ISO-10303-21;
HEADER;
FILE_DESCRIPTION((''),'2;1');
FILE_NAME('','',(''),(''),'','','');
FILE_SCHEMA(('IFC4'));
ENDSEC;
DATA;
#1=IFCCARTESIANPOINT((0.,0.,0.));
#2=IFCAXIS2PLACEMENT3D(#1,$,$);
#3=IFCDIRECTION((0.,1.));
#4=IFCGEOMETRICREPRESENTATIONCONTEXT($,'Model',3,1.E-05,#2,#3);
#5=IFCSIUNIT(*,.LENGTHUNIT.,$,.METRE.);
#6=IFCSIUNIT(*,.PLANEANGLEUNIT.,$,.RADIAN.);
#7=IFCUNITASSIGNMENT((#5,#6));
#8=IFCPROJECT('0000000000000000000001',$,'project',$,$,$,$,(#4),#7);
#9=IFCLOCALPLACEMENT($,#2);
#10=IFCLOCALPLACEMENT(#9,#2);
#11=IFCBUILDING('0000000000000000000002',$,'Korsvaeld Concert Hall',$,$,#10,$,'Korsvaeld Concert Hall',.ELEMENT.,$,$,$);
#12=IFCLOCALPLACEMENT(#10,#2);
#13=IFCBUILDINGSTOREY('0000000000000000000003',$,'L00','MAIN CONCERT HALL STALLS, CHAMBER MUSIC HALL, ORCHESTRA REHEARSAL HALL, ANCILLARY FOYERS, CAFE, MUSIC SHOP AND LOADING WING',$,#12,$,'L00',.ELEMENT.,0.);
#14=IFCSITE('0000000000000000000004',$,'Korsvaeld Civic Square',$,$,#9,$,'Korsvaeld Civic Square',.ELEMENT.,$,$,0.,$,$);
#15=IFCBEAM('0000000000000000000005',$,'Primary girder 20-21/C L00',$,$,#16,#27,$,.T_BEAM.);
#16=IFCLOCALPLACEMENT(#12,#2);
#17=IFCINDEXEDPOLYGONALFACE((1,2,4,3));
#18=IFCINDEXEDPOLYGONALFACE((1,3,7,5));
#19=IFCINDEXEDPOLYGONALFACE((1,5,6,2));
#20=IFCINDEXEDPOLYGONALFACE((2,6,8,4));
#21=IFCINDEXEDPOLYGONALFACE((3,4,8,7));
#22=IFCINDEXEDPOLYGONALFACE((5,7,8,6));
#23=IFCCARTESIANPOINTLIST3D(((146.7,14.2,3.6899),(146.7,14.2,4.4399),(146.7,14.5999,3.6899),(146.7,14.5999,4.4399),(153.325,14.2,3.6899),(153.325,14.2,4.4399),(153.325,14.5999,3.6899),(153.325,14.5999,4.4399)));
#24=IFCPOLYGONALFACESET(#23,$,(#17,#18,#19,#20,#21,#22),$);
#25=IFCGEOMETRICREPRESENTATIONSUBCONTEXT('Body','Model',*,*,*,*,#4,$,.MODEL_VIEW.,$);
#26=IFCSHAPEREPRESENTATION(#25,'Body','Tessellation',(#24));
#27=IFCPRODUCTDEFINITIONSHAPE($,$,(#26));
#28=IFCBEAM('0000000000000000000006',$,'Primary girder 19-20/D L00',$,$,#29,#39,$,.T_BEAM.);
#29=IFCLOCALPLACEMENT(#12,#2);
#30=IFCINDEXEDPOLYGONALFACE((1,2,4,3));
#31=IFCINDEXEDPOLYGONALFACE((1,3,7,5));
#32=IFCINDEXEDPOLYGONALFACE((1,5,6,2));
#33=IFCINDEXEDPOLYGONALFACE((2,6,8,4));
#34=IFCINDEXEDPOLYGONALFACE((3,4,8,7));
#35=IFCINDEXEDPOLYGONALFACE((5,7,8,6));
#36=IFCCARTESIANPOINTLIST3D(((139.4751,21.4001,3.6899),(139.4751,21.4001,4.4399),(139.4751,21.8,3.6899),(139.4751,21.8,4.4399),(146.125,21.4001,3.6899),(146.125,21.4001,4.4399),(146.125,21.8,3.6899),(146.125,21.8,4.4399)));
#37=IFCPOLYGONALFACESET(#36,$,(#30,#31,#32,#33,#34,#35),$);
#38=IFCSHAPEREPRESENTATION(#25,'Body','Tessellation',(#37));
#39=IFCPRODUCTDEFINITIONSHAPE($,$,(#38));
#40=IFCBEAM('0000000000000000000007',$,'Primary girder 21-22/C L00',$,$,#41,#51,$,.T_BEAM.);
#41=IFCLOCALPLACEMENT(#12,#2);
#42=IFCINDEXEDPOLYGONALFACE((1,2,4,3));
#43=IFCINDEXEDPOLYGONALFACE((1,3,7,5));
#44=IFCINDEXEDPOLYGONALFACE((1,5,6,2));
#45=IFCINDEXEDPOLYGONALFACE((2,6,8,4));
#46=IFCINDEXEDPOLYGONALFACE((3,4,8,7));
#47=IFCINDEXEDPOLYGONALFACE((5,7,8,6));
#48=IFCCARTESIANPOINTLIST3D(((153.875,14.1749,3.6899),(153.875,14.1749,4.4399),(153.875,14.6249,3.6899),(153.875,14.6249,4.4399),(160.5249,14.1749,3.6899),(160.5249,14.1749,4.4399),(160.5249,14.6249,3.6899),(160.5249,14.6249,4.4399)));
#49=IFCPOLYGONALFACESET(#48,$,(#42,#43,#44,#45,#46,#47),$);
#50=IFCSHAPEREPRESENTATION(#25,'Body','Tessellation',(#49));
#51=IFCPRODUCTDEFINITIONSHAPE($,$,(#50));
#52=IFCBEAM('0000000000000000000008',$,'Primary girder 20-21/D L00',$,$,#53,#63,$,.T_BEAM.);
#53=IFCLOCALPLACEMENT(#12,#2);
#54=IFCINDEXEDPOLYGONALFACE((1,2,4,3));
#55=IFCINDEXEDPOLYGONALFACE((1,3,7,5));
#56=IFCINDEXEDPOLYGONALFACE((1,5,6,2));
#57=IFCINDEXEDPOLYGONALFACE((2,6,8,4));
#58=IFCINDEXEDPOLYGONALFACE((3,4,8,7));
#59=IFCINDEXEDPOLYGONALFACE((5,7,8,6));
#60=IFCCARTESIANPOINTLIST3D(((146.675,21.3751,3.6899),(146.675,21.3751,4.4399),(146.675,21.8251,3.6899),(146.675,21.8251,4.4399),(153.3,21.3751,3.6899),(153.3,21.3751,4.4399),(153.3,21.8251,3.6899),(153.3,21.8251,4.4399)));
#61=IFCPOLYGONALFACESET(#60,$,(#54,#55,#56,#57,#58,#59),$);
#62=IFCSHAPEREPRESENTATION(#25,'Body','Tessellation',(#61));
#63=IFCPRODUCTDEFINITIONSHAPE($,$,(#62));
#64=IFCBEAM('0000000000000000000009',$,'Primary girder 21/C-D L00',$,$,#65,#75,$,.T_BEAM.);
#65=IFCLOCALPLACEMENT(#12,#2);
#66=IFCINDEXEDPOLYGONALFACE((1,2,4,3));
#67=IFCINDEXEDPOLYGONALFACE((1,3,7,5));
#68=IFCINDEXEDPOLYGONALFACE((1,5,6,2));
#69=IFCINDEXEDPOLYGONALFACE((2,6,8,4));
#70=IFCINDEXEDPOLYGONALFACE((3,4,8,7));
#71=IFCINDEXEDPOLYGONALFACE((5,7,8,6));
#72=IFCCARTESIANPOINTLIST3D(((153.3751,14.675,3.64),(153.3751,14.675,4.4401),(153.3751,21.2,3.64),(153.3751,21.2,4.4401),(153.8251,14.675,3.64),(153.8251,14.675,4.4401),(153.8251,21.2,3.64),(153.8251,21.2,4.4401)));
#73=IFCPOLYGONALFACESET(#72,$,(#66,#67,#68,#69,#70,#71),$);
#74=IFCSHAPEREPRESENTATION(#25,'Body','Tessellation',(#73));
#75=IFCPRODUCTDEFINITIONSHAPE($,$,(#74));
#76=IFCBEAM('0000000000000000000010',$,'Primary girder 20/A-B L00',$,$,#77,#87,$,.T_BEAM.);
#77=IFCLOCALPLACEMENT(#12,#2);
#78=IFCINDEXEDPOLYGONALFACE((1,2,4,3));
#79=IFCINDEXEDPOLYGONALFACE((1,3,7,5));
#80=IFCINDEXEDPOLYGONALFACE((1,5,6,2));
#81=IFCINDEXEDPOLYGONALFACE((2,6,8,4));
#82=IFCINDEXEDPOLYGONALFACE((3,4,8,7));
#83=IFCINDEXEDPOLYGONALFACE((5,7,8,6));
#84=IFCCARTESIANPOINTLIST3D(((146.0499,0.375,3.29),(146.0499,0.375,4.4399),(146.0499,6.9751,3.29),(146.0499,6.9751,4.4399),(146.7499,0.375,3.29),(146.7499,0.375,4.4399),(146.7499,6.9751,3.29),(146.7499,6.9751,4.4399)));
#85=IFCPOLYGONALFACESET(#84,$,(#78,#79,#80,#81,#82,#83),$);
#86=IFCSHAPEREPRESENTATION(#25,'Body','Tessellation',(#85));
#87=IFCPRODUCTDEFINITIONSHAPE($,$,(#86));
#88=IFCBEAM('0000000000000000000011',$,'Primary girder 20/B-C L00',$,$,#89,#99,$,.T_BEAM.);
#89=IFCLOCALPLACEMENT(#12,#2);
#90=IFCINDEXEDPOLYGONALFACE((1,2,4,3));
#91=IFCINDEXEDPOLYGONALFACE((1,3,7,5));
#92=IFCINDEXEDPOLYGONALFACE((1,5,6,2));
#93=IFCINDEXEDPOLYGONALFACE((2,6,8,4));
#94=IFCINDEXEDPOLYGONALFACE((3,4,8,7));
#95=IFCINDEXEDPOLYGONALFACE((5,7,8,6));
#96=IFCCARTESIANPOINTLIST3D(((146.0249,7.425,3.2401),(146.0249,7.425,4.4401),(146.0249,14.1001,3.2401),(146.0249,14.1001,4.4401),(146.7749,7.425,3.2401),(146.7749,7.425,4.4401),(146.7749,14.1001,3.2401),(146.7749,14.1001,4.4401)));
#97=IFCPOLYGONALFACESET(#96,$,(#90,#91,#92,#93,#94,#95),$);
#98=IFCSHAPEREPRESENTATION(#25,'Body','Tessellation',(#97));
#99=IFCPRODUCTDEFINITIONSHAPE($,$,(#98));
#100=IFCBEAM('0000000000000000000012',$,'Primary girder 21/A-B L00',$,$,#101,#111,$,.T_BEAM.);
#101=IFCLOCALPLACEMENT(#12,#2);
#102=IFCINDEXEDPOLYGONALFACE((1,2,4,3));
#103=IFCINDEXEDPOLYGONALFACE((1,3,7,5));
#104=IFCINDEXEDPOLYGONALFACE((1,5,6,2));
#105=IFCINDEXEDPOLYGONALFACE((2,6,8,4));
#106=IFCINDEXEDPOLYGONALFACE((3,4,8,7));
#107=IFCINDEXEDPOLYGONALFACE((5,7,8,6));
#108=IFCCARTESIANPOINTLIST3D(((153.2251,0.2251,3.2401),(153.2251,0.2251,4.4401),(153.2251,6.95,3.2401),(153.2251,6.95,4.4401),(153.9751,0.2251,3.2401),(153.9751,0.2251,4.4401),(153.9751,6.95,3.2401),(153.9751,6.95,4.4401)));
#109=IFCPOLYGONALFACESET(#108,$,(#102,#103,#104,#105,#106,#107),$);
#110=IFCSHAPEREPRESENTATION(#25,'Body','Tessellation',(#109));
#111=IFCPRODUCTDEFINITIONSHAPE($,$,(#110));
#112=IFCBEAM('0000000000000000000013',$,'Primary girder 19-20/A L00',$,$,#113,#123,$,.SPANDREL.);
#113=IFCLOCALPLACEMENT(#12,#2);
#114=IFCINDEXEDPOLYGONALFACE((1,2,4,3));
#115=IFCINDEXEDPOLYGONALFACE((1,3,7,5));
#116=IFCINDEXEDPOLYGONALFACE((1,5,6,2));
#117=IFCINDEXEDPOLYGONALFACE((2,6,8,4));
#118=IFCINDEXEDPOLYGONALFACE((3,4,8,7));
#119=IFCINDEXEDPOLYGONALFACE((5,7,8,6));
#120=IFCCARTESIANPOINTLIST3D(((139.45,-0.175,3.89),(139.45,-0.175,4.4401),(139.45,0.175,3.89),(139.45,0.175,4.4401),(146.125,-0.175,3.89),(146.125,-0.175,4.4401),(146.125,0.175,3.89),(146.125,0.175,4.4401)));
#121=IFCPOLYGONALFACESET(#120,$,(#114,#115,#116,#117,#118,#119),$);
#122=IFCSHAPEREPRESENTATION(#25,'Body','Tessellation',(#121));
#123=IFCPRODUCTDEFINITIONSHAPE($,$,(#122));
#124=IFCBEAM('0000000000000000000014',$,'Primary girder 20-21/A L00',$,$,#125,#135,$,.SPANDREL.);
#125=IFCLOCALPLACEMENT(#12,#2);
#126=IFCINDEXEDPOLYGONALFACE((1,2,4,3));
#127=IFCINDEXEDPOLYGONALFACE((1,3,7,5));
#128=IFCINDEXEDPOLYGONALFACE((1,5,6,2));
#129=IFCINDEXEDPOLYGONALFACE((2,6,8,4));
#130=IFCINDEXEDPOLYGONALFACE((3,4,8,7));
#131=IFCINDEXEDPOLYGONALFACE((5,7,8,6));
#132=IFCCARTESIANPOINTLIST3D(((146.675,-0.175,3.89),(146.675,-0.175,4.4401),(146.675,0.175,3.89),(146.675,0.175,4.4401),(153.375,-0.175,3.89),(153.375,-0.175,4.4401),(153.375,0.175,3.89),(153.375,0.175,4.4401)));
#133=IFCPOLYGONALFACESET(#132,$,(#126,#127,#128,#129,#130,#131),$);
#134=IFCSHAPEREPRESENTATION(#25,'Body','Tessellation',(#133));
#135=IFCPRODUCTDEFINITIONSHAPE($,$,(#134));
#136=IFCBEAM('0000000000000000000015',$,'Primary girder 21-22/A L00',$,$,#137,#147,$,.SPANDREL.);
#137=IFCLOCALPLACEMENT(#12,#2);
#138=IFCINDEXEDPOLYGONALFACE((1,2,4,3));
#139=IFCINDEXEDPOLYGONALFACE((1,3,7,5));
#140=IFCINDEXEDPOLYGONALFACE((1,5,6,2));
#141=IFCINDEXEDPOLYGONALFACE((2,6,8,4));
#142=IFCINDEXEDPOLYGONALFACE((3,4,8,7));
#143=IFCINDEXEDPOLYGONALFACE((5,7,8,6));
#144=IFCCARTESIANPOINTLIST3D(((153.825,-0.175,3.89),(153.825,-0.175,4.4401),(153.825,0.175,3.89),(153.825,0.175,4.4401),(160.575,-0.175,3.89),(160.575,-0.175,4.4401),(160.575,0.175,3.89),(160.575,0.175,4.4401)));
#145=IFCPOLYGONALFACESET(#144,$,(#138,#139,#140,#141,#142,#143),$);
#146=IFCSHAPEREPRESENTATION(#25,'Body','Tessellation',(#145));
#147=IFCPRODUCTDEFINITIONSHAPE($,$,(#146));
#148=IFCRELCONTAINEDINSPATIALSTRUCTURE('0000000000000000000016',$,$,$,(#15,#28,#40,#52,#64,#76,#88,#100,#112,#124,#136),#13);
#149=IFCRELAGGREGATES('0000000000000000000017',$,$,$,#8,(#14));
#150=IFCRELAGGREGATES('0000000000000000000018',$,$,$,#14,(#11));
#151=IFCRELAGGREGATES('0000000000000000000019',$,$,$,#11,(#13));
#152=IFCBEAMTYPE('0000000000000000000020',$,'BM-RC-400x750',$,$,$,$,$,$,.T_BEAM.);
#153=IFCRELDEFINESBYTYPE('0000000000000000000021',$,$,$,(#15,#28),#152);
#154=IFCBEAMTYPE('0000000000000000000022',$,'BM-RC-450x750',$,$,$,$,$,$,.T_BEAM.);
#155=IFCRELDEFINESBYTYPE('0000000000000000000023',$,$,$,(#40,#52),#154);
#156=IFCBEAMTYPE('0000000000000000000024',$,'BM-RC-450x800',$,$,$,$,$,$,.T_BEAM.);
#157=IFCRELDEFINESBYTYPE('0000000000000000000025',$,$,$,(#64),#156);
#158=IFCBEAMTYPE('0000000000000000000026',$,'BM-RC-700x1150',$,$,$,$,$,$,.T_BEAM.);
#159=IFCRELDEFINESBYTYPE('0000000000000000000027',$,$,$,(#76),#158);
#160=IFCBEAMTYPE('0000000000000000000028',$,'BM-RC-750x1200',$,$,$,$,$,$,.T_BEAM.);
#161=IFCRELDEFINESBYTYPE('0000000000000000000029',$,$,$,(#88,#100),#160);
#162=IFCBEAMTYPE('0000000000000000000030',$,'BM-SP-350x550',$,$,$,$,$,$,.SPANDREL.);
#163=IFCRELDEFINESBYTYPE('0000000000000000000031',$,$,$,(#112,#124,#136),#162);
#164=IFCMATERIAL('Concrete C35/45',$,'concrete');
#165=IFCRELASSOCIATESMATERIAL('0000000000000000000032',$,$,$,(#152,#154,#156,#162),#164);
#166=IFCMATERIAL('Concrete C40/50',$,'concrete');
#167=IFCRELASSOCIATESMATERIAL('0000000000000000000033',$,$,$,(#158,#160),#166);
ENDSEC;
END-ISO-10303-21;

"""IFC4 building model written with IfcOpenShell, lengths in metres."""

from ifc_helpers import new_model, si_unit, direction, frame, origin, origin_2d, place, context, subcontext, project, spatial, rectangle, extrude, material, material_profile, profile_set, type_object, element, save


model = new_model("IFC4")

# Units and contexts
model_context = context("Model", 3, precision=1e-05, world=origin(), true_north=direction((0.0, 1.0)))
body_context = subcontext(model_context, "Body", "Model", "MODEL_VIEW")
ifc_project = project(units=[si_unit("LENGTHUNIT", "METRE"), si_unit("PLANEANGLEUNIT", "RADIAN")], contexts=[model_context])

# Site, building, storey
site_placement = place(None, origin())
site = spatial("IfcSite", under=ifc_project, at=site_placement, Name="Korsvaeld Civic Square", LongName="Korsvaeld Civic Square", CompositionType="ELEMENT", RefElevation=0.0)
building_placement = place(site_placement, origin())
building = spatial("IfcBuilding", under=site, at=building_placement, Name="Korsvaeld Concert Hall", LongName="Korsvaeld Concert Hall", CompositionType="ELEMENT")
storey_placement = place(building_placement, origin())
storey = spatial("IfcBuildingStorey", under=building, at=storey_placement, Name="L00", Description="MAIN CONCERT HALL STALLS, CHAMBER MUSIC HALL, ORCHESTRA REHEARSAL HALL, ANCILLARY FOYERS, CAFE, MUSIC SHOP AND LOADING WING", LongName="L00", CompositionType="ELEMENT", Elevation=0.0)

# Shared definitions
ifc_material_1 = material(Name="Concrete C40/50", Category="concrete")

# Beams
ifc_material_2 = material(Name="Concrete C35/45", Category="concrete")
ifc_material_profile_1 = material_profile(ifc_material_2, rectangle(XDim=0.3999, YDim=0.75, at=origin_2d()), Name="RC 400x750")
ifc_profile_set_1 = profile_set([ifc_material_profile_1], Name="Concrete C35/45")
beam_type_1 = type_object("IfcBeamType", Name="BM-RC-400x750", PredefinedType="T_BEAM", material=ifc_profile_set_1)
beam_1_placement = place(storey_placement, frame((146.7, 14.3999, 4.0649), z_axis=(1.0, 0.0, 0.0), x_axis=(0.0, 1.0, 0.0)))
element("IfcBeam", 1, at=beam_1_placement, inside=storey, type_object=beam_type_1, Name="Primary girder 20-21/C L00", PredefinedType="T_BEAM", context=body_context, shape_type="SweptSolid", body=[
    extrude(rectangle(XDim=0.3999, YDim=0.75, at=origin_2d()), origin(), (0.0, 0.0, 1.0), 6.625),
])
beam_2_placement = place(storey_placement, frame((139.4751, 21.6001, 4.0649), z_axis=(1.0, 0.0, 0.0), x_axis=(0.0, 1.0, 0.0)))
element("IfcBeam", 2, at=beam_2_placement, inside=storey, type_object=beam_type_1, Name="Primary girder 19-20/D L00", PredefinedType="T_BEAM", context=body_context, shape_type="SweptSolid", body=[
    extrude(rectangle(XDim=0.3999, YDim=0.75, at=origin_2d()), origin(), (0.0, 0.0, 1.0), 6.6499),
])
ifc_material_profile_2 = material_profile(ifc_material_2, rectangle(XDim=0.45, YDim=0.75, at=origin_2d()), Name="RC 450x750")
ifc_profile_set_2 = profile_set([ifc_material_profile_2], Name="Concrete C35/45")
beam_type_2 = type_object("IfcBeamType", Name="BM-RC-450x750", PredefinedType="T_BEAM", material=ifc_profile_set_2)
beam_3_placement = place(storey_placement, frame((153.875, 14.3999, 4.0649), z_axis=(1.0, 0.0, 0.0), x_axis=(0.0, 1.0, 0.0)))
element("IfcBeam", 3, at=beam_3_placement, inside=storey, type_object=beam_type_2, Name="Primary girder 21-22/C L00", PredefinedType="T_BEAM", context=body_context, shape_type="SweptSolid", body=[
    extrude(rectangle(XDim=0.45, YDim=0.75, at=origin_2d()), origin(), (0.0, 0.0, 1.0), 6.6499),
])
beam_4_placement = place(storey_placement, frame((146.675, 21.6001, 4.0649), z_axis=(1.0, 0.0, 0.0), x_axis=(0.0, 1.0, 0.0)))
element("IfcBeam", 4, at=beam_4_placement, inside=storey, type_object=beam_type_2, Name="Primary girder 20-21/D L00", PredefinedType="T_BEAM", context=body_context, shape_type="SweptSolid", body=[
    extrude(rectangle(XDim=0.45, YDim=0.75, at=origin_2d()), origin(), (0.0, 0.0, 1.0), 6.625),
])
ifc_material_profile_3 = material_profile(ifc_material_2, rectangle(XDim=0.45, YDim=0.8, at=origin_2d()), Name="RC 450x800")
ifc_profile_set_3 = profile_set([ifc_material_profile_3], Name="Concrete C35/45")
beam_type_3 = type_object("IfcBeamType", Name="BM-RC-450x800", PredefinedType="T_BEAM", material=ifc_profile_set_3)
beam_5_placement = place(storey_placement, frame((153.6001, 14.675, 4.04), z_axis=(0.0, 1.0, 0.0), x_axis=(-1.0, 0.0, 0.0)))
element("IfcBeam", 5, at=beam_5_placement, inside=storey, type_object=beam_type_3, Name="Primary girder 21/C-D L00", PredefinedType="T_BEAM", context=body_context, shape_type="SweptSolid", body=[
    extrude(rectangle(XDim=0.45, YDim=0.8, at=origin_2d()), origin(), (0.0, 0.0, 1.0), 6.5249),
])
ifc_material_profile_4 = material_profile(ifc_material_1, rectangle(XDim=0.7, YDim=1.1499, at=origin_2d()), Name="RC 700x1150")
ifc_profile_set_4 = profile_set([ifc_material_profile_4], Name="Concrete C40/50")
beam_type_4 = type_object("IfcBeamType", Name="BM-RC-700x1150", PredefinedType="T_BEAM", material=ifc_profile_set_4)
beam_6_placement = place(storey_placement, frame((146.3999, 0.375, 3.865), z_axis=(0.0, 1.0, 0.0), x_axis=(-1.0, 0.0, 0.0)))
element("IfcBeam", 6, at=beam_6_placement, inside=storey, type_object=beam_type_4, Name="Primary girder 20/A-B L00", PredefinedType="T_BEAM", context=body_context, shape_type="SweptSolid", body=[
    extrude(rectangle(XDim=0.7, YDim=1.1499, at=origin_2d()), origin(), (0.0, 0.0, 1.0), 6.6001),
])
ifc_material_profile_5 = material_profile(ifc_material_1, rectangle(XDim=0.75, YDim=1.2, at=origin_2d()), Name="RC 750x1200")
ifc_profile_set_5 = profile_set([ifc_material_profile_5], Name="Concrete C40/50")
beam_type_5 = type_object("IfcBeamType", Name="BM-RC-750x1200", PredefinedType="T_BEAM", material=ifc_profile_set_5)
beam_7_placement = place(storey_placement, frame((146.3999, 7.425, 3.8401), z_axis=(0.0, 1.0, 0.0), x_axis=(-1.0, 0.0, 0.0)))
element("IfcBeam", 7, at=beam_7_placement, inside=storey, type_object=beam_type_5, Name="Primary girder 20/B-C L00", PredefinedType="T_BEAM", context=body_context, shape_type="SweptSolid", body=[
    extrude(rectangle(XDim=0.75, YDim=1.2, at=origin_2d()), origin(), (0.0, 0.0, 1.0), 6.675),
])
beam_8_placement = place(storey_placement, frame((153.6001, 0.2251, 3.8401), z_axis=(0.0, 1.0, 0.0), x_axis=(-1.0, 0.0, 0.0)))
element("IfcBeam", 8, at=beam_8_placement, inside=storey, type_object=beam_type_5, Name="Primary girder 21/A-B L00", PredefinedType="T_BEAM", context=body_context, shape_type="SweptSolid", body=[
    extrude(rectangle(XDim=0.75, YDim=1.2, at=origin_2d()), origin(), (0.0, 0.0, 1.0), 6.7249),
])
ifc_material_profile_6 = material_profile(ifc_material_2, rectangle(XDim=0.3501, YDim=0.55, at=origin_2d()), Name="RC 350x550")
ifc_profile_set_6 = profile_set([ifc_material_profile_6], Name="Concrete C35/45")
beam_type_6 = type_object("IfcBeamType", Name="BM-SP-350x550", PredefinedType="SPANDREL", material=ifc_profile_set_6)
beam_9_placement = place(storey_placement, frame((139.45, 0.0, 4.165), z_axis=(1.0, 0.0, 0.0), x_axis=(0.0, 1.0, 0.0)))
element("IfcBeam", 9, at=beam_9_placement, inside=storey, type_object=beam_type_6, Name="Primary girder 19-20/A L00", PredefinedType="SPANDREL", context=body_context, shape_type="SweptSolid", body=[
    extrude(rectangle(XDim=0.3501, YDim=0.55, at=origin_2d()), origin(), (0.0, 0.0, 1.0), 6.675),
])
beam_10_placement = place(storey_placement, frame((146.675, 0.0, 4.165), z_axis=(1.0, 0.0, 0.0), x_axis=(0.0, 1.0, 0.0)))
element("IfcBeam", 10, at=beam_10_placement, inside=storey, type_object=beam_type_6, Name="Primary girder 20-21/A L00", PredefinedType="SPANDREL", context=body_context, shape_type="SweptSolid", body=[
    extrude(rectangle(XDim=0.3501, YDim=0.55, at=origin_2d()), origin(), (0.0, 0.0, 1.0), 6.7),
])
beam_11_placement = place(storey_placement, frame((153.825, 0.0, 4.165), z_axis=(1.0, 0.0, 0.0), x_axis=(0.0, 1.0, 0.0)))
element("IfcBeam", 11, at=beam_11_placement, inside=storey, type_object=beam_type_6, Name="Primary girder 21-22/A L00", PredefinedType="SPANDREL", context=body_context, shape_type="SweptSolid", body=[
    extrude(rectangle(XDim=0.3501, YDim=0.55, at=origin_2d()), origin(), (0.0, 0.0, 1.0), 6.75),
])

save(model, "model.ifc")
